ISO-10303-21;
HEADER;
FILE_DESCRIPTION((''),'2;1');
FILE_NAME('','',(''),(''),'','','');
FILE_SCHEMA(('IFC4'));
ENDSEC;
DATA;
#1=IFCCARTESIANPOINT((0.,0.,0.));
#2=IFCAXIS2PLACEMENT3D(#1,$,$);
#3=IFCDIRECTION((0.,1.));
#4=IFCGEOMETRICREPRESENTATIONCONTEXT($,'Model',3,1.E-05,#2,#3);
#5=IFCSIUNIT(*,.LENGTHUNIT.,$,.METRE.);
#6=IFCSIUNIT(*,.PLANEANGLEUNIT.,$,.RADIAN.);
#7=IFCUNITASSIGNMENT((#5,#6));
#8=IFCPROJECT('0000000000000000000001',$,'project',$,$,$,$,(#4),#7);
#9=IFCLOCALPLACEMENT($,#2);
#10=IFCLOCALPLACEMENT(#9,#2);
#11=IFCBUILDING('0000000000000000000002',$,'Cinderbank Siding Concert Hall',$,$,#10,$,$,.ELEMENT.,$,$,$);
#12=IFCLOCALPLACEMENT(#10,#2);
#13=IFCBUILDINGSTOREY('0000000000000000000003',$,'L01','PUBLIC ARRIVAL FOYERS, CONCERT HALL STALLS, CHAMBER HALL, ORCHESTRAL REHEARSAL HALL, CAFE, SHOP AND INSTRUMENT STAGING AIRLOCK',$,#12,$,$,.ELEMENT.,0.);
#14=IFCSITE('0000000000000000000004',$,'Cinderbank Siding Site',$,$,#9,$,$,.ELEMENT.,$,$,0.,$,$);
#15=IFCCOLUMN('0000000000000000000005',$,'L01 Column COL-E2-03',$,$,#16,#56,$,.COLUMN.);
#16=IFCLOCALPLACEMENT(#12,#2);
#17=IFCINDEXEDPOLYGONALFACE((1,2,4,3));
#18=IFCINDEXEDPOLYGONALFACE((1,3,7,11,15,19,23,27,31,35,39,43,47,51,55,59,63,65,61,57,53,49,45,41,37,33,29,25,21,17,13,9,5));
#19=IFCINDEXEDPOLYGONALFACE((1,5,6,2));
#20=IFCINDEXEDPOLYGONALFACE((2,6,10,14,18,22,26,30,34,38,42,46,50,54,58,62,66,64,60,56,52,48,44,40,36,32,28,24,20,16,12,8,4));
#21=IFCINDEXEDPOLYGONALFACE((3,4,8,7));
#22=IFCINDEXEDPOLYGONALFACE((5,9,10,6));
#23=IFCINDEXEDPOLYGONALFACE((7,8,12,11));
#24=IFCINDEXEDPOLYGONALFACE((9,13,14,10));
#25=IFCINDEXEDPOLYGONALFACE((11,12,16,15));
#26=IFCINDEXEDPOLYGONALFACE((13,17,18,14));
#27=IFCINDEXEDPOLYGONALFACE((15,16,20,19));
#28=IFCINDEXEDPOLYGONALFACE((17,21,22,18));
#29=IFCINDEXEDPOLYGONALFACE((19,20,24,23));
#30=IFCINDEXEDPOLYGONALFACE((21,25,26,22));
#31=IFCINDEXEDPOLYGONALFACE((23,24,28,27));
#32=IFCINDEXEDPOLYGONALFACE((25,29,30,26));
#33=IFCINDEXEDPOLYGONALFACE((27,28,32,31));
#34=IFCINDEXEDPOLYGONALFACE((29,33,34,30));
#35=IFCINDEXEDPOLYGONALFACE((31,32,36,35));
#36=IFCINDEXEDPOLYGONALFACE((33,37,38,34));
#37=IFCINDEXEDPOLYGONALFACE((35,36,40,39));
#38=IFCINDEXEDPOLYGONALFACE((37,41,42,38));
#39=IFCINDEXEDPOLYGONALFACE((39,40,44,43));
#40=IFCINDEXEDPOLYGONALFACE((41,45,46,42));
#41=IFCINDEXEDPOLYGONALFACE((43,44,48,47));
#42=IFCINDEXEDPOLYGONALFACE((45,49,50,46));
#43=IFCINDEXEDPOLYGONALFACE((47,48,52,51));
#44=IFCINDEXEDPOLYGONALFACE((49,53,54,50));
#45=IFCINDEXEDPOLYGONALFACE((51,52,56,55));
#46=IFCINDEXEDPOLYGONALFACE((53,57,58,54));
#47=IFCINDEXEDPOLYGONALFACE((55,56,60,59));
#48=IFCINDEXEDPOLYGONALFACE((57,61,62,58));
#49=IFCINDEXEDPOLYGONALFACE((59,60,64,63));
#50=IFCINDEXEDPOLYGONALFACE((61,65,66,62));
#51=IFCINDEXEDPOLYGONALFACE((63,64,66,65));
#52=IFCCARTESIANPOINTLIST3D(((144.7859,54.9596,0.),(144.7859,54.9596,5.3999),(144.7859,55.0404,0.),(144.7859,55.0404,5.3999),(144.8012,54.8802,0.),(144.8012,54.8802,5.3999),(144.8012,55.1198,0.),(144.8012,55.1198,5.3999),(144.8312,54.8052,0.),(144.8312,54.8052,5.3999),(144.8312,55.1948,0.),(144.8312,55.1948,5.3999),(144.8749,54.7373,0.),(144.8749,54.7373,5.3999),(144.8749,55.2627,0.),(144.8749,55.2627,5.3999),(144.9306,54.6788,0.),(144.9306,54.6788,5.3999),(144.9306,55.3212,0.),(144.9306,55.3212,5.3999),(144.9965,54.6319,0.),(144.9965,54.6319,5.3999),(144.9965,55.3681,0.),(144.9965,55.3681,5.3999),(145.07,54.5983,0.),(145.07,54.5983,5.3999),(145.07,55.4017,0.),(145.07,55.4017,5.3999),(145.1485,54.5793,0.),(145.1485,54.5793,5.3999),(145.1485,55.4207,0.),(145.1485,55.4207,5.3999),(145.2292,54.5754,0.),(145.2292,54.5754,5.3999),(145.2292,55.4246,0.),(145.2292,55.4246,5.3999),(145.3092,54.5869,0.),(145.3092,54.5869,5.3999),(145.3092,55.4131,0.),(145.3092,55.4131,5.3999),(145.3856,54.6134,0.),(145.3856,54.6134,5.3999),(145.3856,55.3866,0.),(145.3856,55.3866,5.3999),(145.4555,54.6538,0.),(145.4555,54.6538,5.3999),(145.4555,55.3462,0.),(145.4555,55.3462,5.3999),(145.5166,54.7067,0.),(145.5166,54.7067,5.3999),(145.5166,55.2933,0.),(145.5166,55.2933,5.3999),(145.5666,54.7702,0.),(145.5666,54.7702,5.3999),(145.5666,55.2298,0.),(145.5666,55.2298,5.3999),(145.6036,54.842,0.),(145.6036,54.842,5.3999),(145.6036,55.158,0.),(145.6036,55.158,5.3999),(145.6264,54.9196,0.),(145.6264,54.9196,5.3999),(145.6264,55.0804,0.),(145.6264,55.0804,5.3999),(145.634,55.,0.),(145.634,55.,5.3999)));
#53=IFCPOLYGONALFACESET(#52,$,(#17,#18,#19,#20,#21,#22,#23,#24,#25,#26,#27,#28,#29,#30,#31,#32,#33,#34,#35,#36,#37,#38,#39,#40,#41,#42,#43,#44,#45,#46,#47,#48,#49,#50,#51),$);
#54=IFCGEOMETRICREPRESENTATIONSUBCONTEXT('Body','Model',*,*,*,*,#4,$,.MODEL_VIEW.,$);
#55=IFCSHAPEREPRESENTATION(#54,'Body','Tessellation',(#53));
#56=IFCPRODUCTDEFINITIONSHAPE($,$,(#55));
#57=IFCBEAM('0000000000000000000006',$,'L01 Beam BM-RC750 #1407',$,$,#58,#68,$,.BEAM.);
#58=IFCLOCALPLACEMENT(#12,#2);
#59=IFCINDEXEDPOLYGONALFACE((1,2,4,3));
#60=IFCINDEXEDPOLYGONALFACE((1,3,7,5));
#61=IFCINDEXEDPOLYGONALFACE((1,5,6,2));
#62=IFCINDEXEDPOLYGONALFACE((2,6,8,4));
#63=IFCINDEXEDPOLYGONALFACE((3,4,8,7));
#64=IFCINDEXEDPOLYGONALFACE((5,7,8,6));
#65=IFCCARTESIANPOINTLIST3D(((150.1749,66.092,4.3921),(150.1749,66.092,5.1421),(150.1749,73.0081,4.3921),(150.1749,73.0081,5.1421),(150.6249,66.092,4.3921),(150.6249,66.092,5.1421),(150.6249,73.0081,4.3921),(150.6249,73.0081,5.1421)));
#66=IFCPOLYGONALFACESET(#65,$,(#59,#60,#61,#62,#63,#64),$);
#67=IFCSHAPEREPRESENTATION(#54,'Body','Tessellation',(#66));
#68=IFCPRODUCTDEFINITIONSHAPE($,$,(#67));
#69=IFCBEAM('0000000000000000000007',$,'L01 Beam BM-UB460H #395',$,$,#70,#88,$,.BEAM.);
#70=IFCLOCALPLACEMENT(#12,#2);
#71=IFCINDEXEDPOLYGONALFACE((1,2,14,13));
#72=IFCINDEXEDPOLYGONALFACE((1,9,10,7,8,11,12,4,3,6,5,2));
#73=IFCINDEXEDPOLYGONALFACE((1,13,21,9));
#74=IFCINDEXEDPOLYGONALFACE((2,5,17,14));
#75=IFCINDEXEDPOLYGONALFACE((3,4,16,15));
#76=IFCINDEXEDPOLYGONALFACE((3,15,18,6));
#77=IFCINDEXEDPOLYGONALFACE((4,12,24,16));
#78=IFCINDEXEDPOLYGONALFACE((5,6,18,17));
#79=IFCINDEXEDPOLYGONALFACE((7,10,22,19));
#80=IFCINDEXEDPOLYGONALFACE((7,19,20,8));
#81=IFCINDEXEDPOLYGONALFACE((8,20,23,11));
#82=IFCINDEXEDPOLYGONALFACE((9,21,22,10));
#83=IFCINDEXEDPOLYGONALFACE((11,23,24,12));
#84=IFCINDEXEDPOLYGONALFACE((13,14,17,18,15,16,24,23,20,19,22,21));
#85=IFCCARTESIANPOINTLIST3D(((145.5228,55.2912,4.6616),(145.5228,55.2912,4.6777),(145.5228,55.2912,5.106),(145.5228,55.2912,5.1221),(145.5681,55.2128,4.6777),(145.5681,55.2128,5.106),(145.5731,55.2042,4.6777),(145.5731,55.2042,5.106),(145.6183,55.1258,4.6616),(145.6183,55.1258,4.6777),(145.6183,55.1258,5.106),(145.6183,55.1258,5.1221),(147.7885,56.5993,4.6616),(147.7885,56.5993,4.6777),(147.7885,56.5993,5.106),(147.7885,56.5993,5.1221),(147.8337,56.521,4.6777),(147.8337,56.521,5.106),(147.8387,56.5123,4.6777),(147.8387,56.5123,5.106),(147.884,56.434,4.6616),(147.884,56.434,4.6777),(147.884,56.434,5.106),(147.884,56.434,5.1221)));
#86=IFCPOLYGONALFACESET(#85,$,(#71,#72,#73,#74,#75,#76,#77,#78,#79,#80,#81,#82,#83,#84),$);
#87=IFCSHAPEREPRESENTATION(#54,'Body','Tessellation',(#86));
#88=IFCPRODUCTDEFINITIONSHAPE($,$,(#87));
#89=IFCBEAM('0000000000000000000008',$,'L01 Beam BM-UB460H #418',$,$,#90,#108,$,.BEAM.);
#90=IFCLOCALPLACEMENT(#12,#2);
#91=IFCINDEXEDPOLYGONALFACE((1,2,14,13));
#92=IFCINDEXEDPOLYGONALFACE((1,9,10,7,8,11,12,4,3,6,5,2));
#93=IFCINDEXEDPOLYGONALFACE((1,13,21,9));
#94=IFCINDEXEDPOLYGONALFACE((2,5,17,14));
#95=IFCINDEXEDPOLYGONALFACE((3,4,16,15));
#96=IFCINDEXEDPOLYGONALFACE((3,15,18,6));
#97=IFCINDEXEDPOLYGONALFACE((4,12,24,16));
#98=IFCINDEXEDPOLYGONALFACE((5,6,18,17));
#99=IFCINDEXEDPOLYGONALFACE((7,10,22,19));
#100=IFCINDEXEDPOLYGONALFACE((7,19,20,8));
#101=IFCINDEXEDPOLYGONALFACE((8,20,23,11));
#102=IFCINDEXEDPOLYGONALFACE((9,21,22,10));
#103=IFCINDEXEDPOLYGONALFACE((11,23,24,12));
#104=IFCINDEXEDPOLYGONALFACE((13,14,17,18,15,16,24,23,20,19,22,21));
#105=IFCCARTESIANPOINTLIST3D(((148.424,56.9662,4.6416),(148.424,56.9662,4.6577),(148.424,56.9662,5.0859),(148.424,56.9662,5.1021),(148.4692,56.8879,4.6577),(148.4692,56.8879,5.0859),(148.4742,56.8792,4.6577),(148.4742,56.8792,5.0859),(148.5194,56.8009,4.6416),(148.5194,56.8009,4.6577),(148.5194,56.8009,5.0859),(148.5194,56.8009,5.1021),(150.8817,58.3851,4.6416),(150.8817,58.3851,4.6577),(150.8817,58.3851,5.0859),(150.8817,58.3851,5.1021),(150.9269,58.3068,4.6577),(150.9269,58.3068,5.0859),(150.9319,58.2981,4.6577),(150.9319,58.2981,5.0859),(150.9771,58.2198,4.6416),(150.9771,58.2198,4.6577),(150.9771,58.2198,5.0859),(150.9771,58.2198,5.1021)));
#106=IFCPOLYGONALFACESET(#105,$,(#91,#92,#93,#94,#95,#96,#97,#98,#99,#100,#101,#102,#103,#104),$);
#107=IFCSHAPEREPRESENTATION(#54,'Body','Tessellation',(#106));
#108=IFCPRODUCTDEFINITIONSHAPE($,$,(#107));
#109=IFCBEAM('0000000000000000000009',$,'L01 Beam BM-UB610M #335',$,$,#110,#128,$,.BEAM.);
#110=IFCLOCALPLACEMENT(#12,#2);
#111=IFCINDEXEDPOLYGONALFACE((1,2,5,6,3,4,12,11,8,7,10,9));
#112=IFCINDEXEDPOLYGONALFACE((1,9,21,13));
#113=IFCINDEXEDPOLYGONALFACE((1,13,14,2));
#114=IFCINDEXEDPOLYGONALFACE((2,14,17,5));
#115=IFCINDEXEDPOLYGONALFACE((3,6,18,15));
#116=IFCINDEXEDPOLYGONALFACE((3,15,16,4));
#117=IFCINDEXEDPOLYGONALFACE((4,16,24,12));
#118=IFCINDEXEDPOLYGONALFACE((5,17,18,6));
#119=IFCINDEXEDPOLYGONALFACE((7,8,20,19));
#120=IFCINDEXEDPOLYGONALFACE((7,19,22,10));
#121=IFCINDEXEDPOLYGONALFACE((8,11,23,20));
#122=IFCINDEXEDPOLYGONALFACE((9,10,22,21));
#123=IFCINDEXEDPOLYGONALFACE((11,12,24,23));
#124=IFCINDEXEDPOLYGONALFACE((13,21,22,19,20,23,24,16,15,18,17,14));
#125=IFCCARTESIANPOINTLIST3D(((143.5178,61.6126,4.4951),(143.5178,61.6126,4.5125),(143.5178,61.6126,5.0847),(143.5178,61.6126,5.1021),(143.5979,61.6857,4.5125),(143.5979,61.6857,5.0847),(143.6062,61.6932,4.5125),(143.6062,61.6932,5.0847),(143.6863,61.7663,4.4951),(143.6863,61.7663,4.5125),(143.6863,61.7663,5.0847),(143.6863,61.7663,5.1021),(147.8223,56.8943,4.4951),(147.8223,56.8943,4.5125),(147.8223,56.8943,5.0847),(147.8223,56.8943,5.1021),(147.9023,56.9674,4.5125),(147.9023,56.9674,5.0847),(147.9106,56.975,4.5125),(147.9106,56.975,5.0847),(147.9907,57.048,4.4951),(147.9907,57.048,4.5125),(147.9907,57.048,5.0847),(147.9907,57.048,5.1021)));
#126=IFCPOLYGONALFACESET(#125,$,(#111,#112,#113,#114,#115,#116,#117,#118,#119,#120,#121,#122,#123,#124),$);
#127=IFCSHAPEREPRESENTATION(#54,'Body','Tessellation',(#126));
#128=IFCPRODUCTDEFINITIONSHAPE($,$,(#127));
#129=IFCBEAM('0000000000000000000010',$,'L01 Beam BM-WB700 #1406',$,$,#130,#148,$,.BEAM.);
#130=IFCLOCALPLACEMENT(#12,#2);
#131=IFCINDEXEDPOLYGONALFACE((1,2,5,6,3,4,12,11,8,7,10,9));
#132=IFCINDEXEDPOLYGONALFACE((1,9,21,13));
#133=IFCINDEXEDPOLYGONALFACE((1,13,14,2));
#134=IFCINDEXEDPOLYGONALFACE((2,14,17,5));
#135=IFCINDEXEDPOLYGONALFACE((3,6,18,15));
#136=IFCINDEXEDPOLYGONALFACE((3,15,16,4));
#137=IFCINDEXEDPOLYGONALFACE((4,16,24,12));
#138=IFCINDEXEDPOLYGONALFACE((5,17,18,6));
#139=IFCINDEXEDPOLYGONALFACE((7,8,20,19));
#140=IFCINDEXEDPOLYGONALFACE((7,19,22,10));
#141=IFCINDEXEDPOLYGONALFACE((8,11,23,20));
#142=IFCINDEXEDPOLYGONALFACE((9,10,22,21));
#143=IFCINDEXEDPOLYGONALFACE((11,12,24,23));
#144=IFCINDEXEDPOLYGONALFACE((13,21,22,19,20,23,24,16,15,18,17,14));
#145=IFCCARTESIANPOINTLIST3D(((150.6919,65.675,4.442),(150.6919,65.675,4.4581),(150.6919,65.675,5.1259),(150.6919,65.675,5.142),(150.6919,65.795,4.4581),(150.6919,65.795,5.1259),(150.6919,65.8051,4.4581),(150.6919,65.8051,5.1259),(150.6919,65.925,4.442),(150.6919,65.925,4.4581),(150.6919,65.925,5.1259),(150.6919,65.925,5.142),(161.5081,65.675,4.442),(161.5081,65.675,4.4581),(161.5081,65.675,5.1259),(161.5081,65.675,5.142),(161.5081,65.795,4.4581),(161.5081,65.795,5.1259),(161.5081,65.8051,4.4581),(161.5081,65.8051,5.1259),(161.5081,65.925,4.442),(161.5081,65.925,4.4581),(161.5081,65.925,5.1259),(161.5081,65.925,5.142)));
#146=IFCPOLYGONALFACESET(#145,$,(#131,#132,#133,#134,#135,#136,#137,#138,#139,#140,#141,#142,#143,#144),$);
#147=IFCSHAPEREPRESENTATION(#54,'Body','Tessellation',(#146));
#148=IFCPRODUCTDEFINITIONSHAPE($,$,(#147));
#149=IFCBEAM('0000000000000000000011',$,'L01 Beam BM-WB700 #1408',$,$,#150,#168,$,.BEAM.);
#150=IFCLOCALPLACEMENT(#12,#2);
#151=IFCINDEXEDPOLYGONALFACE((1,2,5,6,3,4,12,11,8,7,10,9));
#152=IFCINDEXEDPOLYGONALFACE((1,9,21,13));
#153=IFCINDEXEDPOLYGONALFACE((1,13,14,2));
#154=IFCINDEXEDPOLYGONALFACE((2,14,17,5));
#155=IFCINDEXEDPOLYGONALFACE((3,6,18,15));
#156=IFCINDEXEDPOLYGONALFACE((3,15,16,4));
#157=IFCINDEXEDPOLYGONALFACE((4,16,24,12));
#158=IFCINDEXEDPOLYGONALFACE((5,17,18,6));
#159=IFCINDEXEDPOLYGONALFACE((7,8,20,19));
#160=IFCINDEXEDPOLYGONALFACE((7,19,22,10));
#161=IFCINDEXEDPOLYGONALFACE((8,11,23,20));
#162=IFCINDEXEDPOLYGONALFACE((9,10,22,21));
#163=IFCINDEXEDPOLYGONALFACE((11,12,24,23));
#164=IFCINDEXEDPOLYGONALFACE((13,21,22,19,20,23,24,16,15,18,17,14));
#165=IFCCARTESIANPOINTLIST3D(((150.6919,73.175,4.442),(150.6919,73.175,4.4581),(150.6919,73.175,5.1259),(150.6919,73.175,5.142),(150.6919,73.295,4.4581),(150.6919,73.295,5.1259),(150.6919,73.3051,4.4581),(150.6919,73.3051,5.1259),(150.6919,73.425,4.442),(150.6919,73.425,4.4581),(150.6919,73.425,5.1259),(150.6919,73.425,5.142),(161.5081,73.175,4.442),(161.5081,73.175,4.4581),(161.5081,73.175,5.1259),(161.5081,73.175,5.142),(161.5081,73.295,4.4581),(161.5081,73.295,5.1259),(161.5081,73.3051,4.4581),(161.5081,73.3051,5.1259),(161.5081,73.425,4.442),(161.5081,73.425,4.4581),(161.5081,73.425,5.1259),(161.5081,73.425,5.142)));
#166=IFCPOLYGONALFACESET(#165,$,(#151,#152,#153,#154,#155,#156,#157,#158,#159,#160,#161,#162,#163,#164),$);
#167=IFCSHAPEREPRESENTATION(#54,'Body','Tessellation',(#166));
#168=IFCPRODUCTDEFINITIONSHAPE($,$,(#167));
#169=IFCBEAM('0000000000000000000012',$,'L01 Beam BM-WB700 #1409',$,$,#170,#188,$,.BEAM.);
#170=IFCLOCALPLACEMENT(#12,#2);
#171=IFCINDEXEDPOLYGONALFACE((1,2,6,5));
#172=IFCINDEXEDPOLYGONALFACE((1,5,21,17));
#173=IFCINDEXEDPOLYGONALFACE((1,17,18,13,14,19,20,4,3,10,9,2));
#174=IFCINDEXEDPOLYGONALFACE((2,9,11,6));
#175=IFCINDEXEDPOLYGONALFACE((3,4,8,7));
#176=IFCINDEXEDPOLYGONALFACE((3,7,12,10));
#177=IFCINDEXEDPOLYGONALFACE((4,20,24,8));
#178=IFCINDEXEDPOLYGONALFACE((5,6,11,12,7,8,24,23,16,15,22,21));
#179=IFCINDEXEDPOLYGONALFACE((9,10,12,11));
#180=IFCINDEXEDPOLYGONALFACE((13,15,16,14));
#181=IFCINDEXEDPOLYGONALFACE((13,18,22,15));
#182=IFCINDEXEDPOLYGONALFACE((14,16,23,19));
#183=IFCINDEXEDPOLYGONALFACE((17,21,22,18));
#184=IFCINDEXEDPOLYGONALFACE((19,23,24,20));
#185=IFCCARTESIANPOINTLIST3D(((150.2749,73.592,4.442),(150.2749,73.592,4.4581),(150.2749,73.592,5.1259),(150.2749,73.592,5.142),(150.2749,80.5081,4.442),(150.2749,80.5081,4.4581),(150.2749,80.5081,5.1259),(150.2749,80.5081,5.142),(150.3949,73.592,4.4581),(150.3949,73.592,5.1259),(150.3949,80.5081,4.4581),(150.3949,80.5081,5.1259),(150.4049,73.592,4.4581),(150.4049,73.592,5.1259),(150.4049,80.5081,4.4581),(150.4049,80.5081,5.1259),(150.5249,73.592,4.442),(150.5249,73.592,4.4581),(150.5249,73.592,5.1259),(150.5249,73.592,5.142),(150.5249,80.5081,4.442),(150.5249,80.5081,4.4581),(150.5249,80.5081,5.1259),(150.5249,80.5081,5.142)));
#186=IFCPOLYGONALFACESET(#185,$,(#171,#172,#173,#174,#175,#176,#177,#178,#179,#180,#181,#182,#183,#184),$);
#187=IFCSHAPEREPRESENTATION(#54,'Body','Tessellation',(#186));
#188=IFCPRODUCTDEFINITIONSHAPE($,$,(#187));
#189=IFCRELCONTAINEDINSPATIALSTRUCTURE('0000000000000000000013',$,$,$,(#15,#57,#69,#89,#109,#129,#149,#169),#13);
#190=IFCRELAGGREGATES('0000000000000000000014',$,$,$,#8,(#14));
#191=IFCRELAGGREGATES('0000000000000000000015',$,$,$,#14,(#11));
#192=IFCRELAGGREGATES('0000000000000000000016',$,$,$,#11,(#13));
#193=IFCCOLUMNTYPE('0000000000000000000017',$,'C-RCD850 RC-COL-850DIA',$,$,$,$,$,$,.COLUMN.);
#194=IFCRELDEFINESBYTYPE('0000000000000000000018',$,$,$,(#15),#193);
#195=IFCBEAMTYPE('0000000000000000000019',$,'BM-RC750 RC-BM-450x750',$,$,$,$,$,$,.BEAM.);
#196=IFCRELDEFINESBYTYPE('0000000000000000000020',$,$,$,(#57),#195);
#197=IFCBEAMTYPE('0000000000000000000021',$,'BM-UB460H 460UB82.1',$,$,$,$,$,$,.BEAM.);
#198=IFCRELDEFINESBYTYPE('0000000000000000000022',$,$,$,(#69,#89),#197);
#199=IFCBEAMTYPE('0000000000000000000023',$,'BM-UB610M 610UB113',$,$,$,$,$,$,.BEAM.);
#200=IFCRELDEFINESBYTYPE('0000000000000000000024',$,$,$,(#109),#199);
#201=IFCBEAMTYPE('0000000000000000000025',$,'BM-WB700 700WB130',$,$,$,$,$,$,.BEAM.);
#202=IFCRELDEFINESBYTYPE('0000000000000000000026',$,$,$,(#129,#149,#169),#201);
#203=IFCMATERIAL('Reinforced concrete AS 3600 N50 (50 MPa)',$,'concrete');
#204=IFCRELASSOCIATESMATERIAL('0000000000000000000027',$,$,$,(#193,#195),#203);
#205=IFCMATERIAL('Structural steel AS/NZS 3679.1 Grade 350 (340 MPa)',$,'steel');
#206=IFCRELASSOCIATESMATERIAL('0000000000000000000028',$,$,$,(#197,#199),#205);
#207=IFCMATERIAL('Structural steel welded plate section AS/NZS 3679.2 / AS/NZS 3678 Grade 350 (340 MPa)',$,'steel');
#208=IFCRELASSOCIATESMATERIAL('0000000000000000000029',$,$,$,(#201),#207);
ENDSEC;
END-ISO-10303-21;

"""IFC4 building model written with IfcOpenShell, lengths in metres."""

from ifc_helpers import new_model, si_unit, direction, frame, origin, origin_2d, place, context, subcontext, project, spatial, rectangle, circle, i_section, extrude, material, material_profile, profile_set, type_object, element, save


model = new_model("IFC4")

# Units and contexts
model_context = context("Model", 3, precision=1e-05, world=origin(), true_north=direction((0.0, 1.0)))
body_context = subcontext(model_context, "Body", "Model", "MODEL_VIEW")
ifc_project = project(units=[si_unit("LENGTHUNIT", "METRE"), si_unit("PLANEANGLEUNIT", "RADIAN")], contexts=[model_context])

# Site, building, storey
site_placement = place(None, origin())
site = spatial("IfcSite", under=ifc_project, at=site_placement, Name="Cinderbank Siding Site", CompositionType="ELEMENT", RefElevation=0.0)
building_placement = place(site_placement, origin())
building = spatial("IfcBuilding", under=site, at=building_placement, Name="Cinderbank Siding Concert Hall", CompositionType="ELEMENT")
storey_placement = place(building_placement, origin())
storey = spatial("IfcBuildingStorey", under=building, at=storey_placement, Name="L01", Description="PUBLIC ARRIVAL FOYERS, CONCERT HALL STALLS, CHAMBER HALL, ORCHESTRAL REHEARSAL HALL, CAFE, SHOP AND INSTRUMENT STAGING AIRLOCK", CompositionType="ELEMENT", Elevation=0.0)

# Column
ifc_material_1 = material(Name="Reinforced concrete AS 3600 N50 (50 MPa)", Category="concrete")
ifc_material_profile_1 = material_profile(ifc_material_1, circle(Radius=0.425, at=origin_2d()), Name="RC-COL-850DIA", Category="LoadBearing")
ifc_profile_set_1 = profile_set([ifc_material_profile_1], Name="Reinforced concrete AS 3600 N50 (50 MPa)")
column_type_1 = type_object("IfcColumnType", Name="C-RCD850 RC-COL-850DIA", PredefinedType="COLUMN", material=ifc_profile_set_1)
column_1_placement = place(storey_placement, frame((145.209, 55.0, 0.0), z_axis=(0.0, 0.0, 1.0), x_axis=(1.0, 0.0, 0.0)))
element("IfcColumn", 1, at=column_1_placement, inside=storey, type_object=column_type_1, Name="L01 Column COL-E2-03", PredefinedType="COLUMN", context=body_context, shape_type="SweptSolid", body=[
    extrude(circle(Radius=0.425, at=origin_2d()), origin(), (0.0, 0.0, 1.0), 5.3999),
])

# Beams
ifc_material_profile_2 = material_profile(ifc_material_1, rectangle(XDim=0.45, YDim=0.75, at=origin_2d()), Name="RC-BM-450x750", Category="LoadBearing")
ifc_profile_set_2 = profile_set([ifc_material_profile_2], Name="Reinforced concrete AS 3600 N50 (50 MPa)")
beam_type_1 = type_object("IfcBeamType", Name="BM-RC750 RC-BM-450x750", PredefinedType="BEAM", material=ifc_profile_set_2)
beam_1_placement = place(storey_placement, frame((150.3999, 66.092, 4.7671), z_axis=(0.0, 1.0, 0.0), x_axis=(-1.0, 0.0, 0.0)))
element("IfcBeam", 2, at=beam_1_placement, inside=storey, type_object=beam_type_1, Name="L01 Beam BM-RC750 #1407", PredefinedType="BEAM", context=body_context, shape_type="SweptSolid", body=[
    extrude(rectangle(XDim=0.45, YDim=0.75, at=origin_2d()), origin(), (0.0, 0.0, 1.0), 6.916),
])
ifc_material_2 = material(Name="Structural steel AS/NZS 3679.1 Grade 350 (340 MPa)", Category="steel")
ifc_material_profile_3 = material_profile(ifc_material_2, i_section(OverallWidth=0.1909, OverallDepth=0.4604, WebThickness=0.01, FlangeThickness=0.0161, at=origin_2d()), Name="460UB82.1", Category="LoadBearing")
ifc_profile_set_3 = profile_set([ifc_material_profile_3], Name="Structural steel AS/NZS 3679.1 Grade 350 (340 MPa)")
beam_type_2 = type_object("IfcBeamType", Name="BM-UB460H 460UB82.1", PredefinedType="BEAM", material=ifc_profile_set_3)
beam_2_placement = place(storey_placement, frame((145.5706, 55.2085, 4.8918), z_axis=(0.866018, 0.500013, 0.0), x_axis=(-0.500013, 0.866018, 0.0)))
element("IfcBeam", 3, at=beam_2_placement, inside=storey, type_object=beam_type_2, Name="L01 Beam BM-UB460H #395", PredefinedType="BEAM", context=body_context, shape_type="SweptSolid", body=[
    extrude(i_section(OverallWidth=0.1909, OverallDepth=0.4604, WebThickness=0.01, FlangeThickness=0.0161, at=origin_2d()), origin(), (0.0, 0.0, 1.0), 2.6162),
])
beam_3_placement = place(storey_placement, frame((148.4717, 56.8835, 4.8718), z_axis=(0.866032, 0.499988, 0.0), x_axis=(-0.499988, 0.866032, 0.0)))
element("IfcBeam", 4, at=beam_3_placement, inside=storey, type_object=beam_type_2, Name="L01 Beam BM-UB460H #418", PredefinedType="BEAM", context=body_context, shape_type="SweptSolid", body=[
    extrude(i_section(OverallWidth=0.1909, OverallDepth=0.4604, WebThickness=0.01, FlangeThickness=0.0161, at=origin_2d()), origin(), (0.0, 0.0, 1.0), 2.8379),
])
ifc_material_profile_4 = material_profile(ifc_material_2, i_section(OverallWidth=0.228, OverallDepth=0.6069, WebThickness=0.0112, FlangeThickness=0.0173, at=origin_2d()), Name="610UB113", Category="LoadBearing")
ifc_profile_set_4 = profile_set([ifc_material_profile_4], Name="Structural steel AS/NZS 3679.1 Grade 350 (340 MPa)")
beam_type_3 = type_object("IfcBeamType", Name="BM-UB610M 610UB113", PredefinedType="BEAM", material=ifc_profile_set_4)
beam_4_placement = place(storey_placement, frame((147.9065, 56.9712, 4.7986), z_axis=(-0.673967, 0.738761, 0.0), x_axis=(-0.738761, -0.673967, 0.0)))
element("IfcBeam", 5, at=beam_4_placement, inside=storey, type_object=beam_type_3, Name="L01 Beam BM-UB610M #335", PredefinedType="BEAM", context=body_context, shape_type="SweptSolid", body=[
    extrude(i_section(OverallWidth=0.228, OverallDepth=0.6069, WebThickness=0.0112, FlangeThickness=0.0173, at=origin_2d()), origin(), (0.0, 0.0, 1.0), 6.3867),
])
ifc_material_3 = material(Name="Structural steel welded plate section AS/NZS 3679.2 / AS/NZS 3678 Grade 350 (340 MPa)", Category="steel")
ifc_material_profile_5 = material_profile(ifc_material_3, i_section(OverallWidth=0.25, OverallDepth=0.7, WebThickness=0.01, FlangeThickness=0.0161, at=origin_2d()), Name="700WB130", Category="LoadBearing")
ifc_profile_set_5 = profile_set([ifc_material_profile_5], Name="Structural steel welded plate section AS/NZS 3679.2 / AS/NZS 3678 Grade 350 (340 MPa)")
beam_type_4 = type_object("IfcBeamType", Name="BM-WB700 700WB130", PredefinedType="BEAM", material=ifc_profile_set_5)
for number, where, z_axis, x_axis, name in (
    (6, (150.6919, 65.8, 4.792), (1.0, 0.0, 0.0), (0.0, 1.0, 0.0), "L01 Beam BM-WB700 #1406"),
    (7, (150.6919, 73.3, 4.792), (1.0, 0.0, 0.0), (0.0, 1.0, 0.0), "L01 Beam BM-WB700 #1408"),
):
    element("IfcBeam", number, at=place(storey_placement, frame(where, z_axis=z_axis, x_axis=x_axis)), inside=storey, type_object=beam_type_4, Name=name, PredefinedType="BEAM", context=body_context, shape_type="SweptSolid", body=[
        extrude(i_section(OverallWidth=0.25, OverallDepth=0.7, WebThickness=0.01, FlangeThickness=0.0161, at=origin_2d()), origin(), (0.0, 0.0, 1.0), 10.8162),
    ])
beam_5_placement = place(storey_placement, frame((150.3999, 73.592, 4.792), z_axis=(0.0, 1.0, 0.0), x_axis=(-1.0, 0.0, 0.0)))
element("IfcBeam", 8, at=beam_5_placement, inside=storey, type_object=beam_type_4, Name="L01 Beam BM-WB700 #1409", PredefinedType="BEAM", context=body_context, shape_type="SweptSolid", body=[
    extrude(i_section(OverallWidth=0.25, OverallDepth=0.7, WebThickness=0.01, FlangeThickness=0.0161, at=origin_2d()), origin(), (0.0, 0.0, 1.0), 6.916),
])

save(model, "model.ifc")
